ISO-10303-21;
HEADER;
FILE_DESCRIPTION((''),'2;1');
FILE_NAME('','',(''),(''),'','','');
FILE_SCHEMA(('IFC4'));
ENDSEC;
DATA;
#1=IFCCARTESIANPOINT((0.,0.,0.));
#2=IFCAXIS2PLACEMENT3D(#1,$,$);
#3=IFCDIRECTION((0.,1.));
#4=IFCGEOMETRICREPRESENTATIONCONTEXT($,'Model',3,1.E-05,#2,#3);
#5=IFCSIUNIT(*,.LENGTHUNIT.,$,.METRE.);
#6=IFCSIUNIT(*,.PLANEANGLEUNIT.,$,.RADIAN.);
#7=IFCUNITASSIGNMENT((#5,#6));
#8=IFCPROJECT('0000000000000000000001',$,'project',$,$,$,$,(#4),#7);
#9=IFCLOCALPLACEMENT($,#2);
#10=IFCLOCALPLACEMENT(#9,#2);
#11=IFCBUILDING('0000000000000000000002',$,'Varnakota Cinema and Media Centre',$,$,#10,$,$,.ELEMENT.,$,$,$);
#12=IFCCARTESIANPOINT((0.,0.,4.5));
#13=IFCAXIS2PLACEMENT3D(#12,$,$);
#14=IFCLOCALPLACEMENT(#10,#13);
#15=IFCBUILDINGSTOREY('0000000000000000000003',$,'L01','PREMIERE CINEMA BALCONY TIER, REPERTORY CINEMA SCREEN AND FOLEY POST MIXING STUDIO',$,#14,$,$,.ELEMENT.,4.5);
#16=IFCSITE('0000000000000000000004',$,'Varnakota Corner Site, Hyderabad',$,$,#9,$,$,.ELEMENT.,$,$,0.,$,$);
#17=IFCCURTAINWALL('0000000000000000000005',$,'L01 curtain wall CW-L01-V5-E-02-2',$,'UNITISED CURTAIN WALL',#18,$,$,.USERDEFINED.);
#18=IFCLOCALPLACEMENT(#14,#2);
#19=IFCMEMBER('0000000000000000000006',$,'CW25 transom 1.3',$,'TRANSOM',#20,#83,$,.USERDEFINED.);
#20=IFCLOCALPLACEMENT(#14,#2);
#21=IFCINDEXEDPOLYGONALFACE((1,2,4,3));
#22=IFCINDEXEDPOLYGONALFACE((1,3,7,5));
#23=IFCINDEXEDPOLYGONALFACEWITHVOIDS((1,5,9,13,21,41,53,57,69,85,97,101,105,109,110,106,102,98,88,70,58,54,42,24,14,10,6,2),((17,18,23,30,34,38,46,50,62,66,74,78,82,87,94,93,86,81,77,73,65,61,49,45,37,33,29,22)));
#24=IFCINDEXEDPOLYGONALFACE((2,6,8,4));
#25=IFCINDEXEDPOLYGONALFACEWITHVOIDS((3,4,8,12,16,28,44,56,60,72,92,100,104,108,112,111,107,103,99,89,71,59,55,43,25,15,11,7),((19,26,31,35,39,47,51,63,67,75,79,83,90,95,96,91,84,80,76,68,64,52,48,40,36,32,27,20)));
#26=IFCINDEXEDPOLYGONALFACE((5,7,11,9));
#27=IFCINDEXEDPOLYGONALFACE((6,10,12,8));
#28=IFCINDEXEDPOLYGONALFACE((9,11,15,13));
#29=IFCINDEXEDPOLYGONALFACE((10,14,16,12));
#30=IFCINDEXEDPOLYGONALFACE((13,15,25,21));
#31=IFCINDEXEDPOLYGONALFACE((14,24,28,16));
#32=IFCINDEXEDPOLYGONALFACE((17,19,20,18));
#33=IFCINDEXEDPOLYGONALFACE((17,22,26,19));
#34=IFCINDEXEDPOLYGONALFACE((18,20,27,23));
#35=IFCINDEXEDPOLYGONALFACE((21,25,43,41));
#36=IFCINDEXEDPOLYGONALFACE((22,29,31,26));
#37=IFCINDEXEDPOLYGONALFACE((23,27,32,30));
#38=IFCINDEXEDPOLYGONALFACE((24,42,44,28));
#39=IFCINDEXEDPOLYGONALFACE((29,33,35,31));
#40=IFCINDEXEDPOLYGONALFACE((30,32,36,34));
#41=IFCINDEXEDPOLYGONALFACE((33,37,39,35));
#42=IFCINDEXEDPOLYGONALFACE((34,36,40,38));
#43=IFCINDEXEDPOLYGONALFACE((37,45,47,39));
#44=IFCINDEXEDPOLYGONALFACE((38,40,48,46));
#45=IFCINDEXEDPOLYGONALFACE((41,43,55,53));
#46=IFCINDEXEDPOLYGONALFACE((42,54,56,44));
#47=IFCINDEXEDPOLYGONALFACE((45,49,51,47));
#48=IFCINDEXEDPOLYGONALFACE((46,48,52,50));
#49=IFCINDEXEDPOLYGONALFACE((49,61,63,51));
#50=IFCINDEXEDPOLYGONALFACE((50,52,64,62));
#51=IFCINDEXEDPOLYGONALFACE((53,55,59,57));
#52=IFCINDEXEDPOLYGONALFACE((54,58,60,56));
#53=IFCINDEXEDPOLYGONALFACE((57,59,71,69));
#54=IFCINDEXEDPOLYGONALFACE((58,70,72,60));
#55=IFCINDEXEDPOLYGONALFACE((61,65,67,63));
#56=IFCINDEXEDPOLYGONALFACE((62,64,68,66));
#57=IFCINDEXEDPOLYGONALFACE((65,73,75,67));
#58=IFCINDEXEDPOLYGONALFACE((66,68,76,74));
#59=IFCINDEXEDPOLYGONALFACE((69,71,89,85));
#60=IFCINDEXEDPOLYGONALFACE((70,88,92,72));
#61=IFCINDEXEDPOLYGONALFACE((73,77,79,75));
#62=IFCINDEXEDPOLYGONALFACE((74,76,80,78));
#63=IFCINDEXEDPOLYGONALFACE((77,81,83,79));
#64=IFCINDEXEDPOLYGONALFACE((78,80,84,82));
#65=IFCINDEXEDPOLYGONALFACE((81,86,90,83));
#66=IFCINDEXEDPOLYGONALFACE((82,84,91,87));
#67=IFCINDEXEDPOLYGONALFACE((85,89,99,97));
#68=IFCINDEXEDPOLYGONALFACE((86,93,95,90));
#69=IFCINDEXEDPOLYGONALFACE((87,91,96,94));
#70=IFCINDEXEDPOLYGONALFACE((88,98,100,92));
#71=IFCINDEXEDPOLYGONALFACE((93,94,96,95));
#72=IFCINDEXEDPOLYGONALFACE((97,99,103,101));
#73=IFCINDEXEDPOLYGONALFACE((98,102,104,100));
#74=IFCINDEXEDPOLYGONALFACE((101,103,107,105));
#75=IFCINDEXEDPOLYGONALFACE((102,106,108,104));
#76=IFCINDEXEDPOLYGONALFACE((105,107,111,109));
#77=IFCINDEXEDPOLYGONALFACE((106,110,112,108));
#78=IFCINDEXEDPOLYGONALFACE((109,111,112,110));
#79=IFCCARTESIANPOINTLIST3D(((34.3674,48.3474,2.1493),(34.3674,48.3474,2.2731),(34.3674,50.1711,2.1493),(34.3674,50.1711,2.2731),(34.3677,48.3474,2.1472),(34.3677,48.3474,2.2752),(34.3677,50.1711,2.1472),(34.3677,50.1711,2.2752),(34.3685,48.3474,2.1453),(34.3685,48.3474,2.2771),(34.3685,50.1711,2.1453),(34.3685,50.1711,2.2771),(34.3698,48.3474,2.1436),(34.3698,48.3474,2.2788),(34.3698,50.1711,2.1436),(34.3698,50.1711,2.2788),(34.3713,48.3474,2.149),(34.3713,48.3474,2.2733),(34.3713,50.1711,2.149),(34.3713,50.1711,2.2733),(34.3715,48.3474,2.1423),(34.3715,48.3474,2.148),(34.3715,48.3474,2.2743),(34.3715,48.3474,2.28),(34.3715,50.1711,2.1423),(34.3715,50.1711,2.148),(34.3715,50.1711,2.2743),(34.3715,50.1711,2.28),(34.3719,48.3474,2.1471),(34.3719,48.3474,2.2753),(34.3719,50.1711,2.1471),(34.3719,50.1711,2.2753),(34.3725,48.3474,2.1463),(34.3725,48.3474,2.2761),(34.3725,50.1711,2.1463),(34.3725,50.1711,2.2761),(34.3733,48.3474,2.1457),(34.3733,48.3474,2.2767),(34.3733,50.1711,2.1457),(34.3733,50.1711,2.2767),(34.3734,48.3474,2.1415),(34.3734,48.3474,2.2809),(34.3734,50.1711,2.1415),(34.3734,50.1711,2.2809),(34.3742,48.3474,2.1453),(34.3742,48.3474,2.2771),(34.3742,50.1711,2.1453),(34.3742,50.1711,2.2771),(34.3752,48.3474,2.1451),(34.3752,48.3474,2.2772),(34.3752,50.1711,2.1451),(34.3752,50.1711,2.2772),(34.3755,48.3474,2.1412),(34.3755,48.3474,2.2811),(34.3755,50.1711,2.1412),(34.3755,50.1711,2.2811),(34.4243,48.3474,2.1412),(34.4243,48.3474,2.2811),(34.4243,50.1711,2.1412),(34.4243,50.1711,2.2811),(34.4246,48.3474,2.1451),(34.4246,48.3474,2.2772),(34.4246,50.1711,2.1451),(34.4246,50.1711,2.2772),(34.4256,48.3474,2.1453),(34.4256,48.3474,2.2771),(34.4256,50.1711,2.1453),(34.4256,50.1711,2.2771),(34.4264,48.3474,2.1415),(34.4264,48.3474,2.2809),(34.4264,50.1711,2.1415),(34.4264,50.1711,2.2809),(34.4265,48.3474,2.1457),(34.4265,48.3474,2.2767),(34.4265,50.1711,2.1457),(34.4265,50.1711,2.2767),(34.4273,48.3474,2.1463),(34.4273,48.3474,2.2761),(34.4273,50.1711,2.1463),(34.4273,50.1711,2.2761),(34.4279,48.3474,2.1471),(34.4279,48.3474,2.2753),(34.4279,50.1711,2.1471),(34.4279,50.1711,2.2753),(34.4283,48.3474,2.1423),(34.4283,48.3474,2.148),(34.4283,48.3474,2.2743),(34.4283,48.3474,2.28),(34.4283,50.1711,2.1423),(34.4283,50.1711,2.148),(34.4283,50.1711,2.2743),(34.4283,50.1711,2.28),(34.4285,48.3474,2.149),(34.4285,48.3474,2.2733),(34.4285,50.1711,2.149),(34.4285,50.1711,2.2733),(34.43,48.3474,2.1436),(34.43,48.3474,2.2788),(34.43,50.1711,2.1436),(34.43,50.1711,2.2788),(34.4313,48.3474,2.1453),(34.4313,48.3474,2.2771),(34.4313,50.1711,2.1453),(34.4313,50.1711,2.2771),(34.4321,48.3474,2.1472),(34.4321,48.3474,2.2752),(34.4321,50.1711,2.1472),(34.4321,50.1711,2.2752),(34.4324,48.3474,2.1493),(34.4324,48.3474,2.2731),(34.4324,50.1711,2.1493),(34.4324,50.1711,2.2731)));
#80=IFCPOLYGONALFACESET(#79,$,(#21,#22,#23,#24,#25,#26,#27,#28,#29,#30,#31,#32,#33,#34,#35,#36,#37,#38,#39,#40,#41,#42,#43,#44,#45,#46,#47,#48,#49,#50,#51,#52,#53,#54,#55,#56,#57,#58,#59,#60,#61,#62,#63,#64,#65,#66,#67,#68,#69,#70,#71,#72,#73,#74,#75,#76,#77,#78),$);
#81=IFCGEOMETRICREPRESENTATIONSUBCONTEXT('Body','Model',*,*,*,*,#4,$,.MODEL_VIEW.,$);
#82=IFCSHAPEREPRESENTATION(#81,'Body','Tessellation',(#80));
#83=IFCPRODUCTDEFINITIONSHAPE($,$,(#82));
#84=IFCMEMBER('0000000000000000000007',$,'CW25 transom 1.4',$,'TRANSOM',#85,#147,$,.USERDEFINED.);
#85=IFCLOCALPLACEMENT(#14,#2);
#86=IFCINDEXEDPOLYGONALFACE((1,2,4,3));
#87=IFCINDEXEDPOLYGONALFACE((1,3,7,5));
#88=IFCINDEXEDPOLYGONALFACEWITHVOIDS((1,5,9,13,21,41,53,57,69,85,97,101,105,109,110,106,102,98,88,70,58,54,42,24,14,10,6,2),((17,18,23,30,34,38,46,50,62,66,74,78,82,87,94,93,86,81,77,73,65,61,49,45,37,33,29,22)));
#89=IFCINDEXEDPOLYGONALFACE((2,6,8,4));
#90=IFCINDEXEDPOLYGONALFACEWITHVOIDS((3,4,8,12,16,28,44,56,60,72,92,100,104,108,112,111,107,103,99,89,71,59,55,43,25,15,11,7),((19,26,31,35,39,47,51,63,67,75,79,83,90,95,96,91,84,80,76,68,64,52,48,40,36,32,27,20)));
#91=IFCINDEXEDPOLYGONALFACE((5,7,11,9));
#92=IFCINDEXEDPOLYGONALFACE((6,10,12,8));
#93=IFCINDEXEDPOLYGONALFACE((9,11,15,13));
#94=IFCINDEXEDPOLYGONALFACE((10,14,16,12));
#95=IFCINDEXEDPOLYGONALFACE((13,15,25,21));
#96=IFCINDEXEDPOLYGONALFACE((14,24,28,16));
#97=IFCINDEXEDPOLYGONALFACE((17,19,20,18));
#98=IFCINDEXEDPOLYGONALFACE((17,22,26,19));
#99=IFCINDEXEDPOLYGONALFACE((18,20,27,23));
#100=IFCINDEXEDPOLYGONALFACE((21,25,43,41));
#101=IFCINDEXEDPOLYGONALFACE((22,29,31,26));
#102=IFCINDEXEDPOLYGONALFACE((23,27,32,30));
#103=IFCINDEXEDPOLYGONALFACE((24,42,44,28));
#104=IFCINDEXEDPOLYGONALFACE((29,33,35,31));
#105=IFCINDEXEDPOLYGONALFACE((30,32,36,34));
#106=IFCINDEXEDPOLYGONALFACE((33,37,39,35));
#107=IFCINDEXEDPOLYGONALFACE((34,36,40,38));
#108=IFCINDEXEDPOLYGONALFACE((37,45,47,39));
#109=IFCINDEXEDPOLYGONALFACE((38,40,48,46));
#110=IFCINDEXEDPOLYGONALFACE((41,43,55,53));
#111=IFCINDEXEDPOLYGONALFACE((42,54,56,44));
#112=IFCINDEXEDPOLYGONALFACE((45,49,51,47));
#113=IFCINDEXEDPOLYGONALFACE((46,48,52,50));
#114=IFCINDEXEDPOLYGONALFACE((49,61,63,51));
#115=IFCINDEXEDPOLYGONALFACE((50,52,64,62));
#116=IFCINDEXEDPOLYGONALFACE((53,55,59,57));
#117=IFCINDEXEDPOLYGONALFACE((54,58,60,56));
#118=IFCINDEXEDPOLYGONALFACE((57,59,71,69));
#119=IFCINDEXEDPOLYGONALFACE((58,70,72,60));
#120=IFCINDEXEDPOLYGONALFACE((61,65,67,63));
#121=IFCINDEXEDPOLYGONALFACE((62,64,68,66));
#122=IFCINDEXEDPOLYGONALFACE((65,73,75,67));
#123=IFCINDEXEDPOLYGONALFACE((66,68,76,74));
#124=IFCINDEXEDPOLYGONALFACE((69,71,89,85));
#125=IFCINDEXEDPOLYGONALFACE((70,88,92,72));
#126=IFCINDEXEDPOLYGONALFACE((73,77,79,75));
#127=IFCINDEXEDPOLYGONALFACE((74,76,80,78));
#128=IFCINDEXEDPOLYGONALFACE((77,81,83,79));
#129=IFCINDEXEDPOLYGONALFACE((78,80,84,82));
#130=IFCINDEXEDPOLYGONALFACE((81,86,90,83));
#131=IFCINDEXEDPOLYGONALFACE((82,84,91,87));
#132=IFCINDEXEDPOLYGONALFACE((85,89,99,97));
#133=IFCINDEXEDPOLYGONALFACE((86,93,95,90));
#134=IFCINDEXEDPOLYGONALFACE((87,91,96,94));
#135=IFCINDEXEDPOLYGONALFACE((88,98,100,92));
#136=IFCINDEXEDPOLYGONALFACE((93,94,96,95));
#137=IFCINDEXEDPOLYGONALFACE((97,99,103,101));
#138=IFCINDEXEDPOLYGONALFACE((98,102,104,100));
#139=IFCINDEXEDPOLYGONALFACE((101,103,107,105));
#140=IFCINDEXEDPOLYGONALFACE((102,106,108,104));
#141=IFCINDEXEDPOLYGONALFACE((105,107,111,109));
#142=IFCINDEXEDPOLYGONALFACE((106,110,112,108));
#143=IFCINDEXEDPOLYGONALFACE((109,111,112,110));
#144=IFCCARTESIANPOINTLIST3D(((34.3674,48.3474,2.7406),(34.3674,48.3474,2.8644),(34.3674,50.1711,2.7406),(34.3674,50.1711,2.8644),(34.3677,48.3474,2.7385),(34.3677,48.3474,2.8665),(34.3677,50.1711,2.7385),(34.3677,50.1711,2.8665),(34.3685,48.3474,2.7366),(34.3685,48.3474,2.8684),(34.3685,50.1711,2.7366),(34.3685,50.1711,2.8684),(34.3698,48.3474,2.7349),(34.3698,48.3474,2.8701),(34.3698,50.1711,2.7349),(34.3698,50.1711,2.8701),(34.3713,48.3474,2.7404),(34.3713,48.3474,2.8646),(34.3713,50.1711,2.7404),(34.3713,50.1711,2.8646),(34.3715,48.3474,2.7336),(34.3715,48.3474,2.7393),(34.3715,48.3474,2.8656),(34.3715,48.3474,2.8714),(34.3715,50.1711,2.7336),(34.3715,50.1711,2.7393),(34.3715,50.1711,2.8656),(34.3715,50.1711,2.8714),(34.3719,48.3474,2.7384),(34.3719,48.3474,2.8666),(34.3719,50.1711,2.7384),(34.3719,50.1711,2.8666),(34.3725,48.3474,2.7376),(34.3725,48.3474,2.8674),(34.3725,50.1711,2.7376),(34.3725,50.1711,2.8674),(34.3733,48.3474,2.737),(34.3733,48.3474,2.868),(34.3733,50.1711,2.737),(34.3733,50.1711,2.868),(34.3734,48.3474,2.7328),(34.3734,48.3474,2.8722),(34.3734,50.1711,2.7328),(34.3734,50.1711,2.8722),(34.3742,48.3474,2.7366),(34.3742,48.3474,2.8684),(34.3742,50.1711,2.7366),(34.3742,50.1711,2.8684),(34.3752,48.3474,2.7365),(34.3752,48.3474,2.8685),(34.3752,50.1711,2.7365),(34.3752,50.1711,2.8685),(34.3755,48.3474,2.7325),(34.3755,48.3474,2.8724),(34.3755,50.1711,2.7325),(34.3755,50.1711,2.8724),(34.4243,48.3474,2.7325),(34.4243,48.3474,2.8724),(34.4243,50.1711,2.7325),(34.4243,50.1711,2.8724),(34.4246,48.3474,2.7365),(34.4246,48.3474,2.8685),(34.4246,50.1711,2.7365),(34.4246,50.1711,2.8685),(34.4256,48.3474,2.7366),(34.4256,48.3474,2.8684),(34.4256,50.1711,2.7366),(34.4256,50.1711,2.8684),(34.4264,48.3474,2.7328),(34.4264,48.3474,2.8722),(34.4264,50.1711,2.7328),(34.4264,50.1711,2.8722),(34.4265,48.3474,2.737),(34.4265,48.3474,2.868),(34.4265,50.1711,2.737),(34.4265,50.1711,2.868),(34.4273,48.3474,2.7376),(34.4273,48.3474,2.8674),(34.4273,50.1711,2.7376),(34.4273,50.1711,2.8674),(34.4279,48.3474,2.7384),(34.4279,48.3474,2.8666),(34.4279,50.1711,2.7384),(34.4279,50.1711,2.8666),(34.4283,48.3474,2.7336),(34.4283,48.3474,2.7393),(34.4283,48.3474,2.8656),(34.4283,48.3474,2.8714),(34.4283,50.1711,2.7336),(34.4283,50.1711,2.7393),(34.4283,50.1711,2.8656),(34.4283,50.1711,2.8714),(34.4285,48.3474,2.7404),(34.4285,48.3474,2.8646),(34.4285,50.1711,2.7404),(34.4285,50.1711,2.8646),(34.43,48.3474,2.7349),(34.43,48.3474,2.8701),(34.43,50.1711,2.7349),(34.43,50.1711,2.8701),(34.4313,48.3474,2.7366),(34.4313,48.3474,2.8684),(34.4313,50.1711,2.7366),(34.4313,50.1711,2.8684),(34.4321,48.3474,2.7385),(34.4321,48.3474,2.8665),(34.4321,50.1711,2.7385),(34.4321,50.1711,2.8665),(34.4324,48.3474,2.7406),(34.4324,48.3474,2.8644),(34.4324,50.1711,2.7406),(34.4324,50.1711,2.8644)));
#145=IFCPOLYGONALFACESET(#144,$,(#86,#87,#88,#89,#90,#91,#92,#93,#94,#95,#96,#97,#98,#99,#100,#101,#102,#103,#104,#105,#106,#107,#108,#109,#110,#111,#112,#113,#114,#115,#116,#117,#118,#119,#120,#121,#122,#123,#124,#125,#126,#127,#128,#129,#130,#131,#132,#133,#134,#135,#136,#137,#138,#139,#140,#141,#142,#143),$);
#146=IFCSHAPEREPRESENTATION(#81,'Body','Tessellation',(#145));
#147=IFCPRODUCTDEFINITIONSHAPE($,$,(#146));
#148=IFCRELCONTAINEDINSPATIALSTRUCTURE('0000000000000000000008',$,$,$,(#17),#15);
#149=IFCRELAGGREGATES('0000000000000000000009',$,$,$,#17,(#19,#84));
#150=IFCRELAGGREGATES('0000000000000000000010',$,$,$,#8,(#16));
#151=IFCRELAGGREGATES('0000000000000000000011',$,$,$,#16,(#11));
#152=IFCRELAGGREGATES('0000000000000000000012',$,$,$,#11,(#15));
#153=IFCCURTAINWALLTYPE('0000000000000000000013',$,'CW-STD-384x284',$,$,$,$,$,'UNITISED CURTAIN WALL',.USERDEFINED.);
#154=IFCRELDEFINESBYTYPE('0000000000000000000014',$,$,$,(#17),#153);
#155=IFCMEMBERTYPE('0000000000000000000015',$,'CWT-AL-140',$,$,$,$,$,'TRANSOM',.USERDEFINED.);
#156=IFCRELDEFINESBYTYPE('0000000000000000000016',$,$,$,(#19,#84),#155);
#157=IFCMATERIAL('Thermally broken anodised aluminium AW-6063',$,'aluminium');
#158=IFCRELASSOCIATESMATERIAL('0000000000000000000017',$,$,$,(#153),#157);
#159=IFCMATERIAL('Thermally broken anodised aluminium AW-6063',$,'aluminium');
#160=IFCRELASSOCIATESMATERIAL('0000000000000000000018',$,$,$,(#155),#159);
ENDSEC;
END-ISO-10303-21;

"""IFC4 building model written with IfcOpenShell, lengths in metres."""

from ifc_helpers import new_model, si_unit, direction, frame, origin, origin_2d, place, context, subcontext, project, spatial, hollow_rectangle, extrude, material, material_profile, profile_set, type_object, element, aggregate, save


model = new_model("IFC4")

# Units and contexts
model_context = context("Model", 3, precision=1e-05, world=origin(), true_north=direction((0.0, 1.0)))
body_context = subcontext(model_context, "Body", "Model", "MODEL_VIEW")
ifc_project = project(units=[si_unit("LENGTHUNIT", "METRE"), si_unit("PLANEANGLEUNIT", "RADIAN")], contexts=[model_context])

# Site, building, storey
site_placement = place(None, origin())
site = spatial("IfcSite", under=ifc_project, at=site_placement, Name="Varnakota Corner Site, Hyderabad", CompositionType="ELEMENT", RefElevation=0.0)
building_placement = place(site_placement, origin())
building = spatial("IfcBuilding", under=site, at=building_placement, Name="Varnakota Cinema and Media Centre", CompositionType="ELEMENT")
storey_placement = place(building_placement, frame((0.0, 0.0, 4.5)))
storey = spatial("IfcBuildingStorey", under=building, at=storey_placement, Name="L01", Description="PREMIERE CINEMA BALCONY TIER, REPERTORY CINEMA SCREEN AND FOLEY POST MIXING STUDIO", CompositionType="ELEMENT", Elevation=4.5)

# Curtain wall
ifc_material_1 = material(Name="Thermally broken anodised aluminium AW-6063", Category="aluminium")
curtain_wall_type = type_object("IfcCurtainWallType", Name="CW-STD-384x284", ElementType="UNITISED CURTAIN WALL", PredefinedType="USERDEFINED", material=ifc_material_1)
curtain_wall_1_placement = place(storey_placement, origin())
curtain_wall_1 = element("IfcCurtainWall", 1, at=curtain_wall_1_placement, inside=storey, type_object=curtain_wall_type, Name="L01 curtain wall CW-L01-V5-E-02-2", ObjectType="UNITISED CURTAIN WALL", PredefinedType="USERDEFINED")

# Members
ifc_material_2 = material(Name="Thermally broken anodised aluminium AW-6063", Category="aluminium")
ifc_material_profile_1 = material_profile(ifc_material_2, hollow_rectangle(XDim=0.0649, YDim=0.1399, WallThickness=0.0039, InnerFilletRadius=0.0039, OuterFilletRadius=0.0081, at=origin_2d()), Name="AL-TRANSOM 140x65x4")
ifc_profile_set_1 = profile_set([ifc_material_profile_1], Name="Thermally broken anodised aluminium AW-6063")
member_type_1 = type_object("IfcMemberType", Name="CWT-AL-140", ElementType="TRANSOM", PredefinedType="USERDEFINED", material=ifc_profile_set_1)
member_1_placement = place(storey_placement, frame((34.3999, 48.3474, 2.2112), z_axis=(0.0, 1.0, 0.0), x_axis=(-1.0, 0.0, 0.0)))
member_1 = element("IfcMember", 2, at=member_1_placement, type_object=member_type_1, Name="CW25 transom 1.3", ObjectType="TRANSOM", PredefinedType="USERDEFINED", context=body_context, shape_type="SweptSolid", body=[
    extrude(hollow_rectangle(XDim=0.0649, YDim=0.1399, WallThickness=0.0039, InnerFilletRadius=0.0039, OuterFilletRadius=0.0081, at=origin_2d()), origin(), (0.0, 0.0, 1.0), 1.8237),
])
member_2_placement = place(storey_placement, frame((34.3999, 48.3474, 2.8025), z_axis=(0.0, 1.0, 0.0), x_axis=(-1.0, 0.0, 0.0)))
member_2 = element("IfcMember", 3, at=member_2_placement, type_object=member_type_1, Name="CW25 transom 1.4", ObjectType="TRANSOM", PredefinedType="USERDEFINED", context=body_context, shape_type="SweptSolid", body=[
    extrude(hollow_rectangle(XDim=0.0649, YDim=0.1399, WallThickness=0.0039, InnerFilletRadius=0.0039, OuterFilletRadius=0.0081, at=origin_2d()), origin(), (0.0, 0.0, 1.0), 1.8237),
])

aggregate(curtain_wall_1, [member_1, member_2])

save(model, "model.ifc")
